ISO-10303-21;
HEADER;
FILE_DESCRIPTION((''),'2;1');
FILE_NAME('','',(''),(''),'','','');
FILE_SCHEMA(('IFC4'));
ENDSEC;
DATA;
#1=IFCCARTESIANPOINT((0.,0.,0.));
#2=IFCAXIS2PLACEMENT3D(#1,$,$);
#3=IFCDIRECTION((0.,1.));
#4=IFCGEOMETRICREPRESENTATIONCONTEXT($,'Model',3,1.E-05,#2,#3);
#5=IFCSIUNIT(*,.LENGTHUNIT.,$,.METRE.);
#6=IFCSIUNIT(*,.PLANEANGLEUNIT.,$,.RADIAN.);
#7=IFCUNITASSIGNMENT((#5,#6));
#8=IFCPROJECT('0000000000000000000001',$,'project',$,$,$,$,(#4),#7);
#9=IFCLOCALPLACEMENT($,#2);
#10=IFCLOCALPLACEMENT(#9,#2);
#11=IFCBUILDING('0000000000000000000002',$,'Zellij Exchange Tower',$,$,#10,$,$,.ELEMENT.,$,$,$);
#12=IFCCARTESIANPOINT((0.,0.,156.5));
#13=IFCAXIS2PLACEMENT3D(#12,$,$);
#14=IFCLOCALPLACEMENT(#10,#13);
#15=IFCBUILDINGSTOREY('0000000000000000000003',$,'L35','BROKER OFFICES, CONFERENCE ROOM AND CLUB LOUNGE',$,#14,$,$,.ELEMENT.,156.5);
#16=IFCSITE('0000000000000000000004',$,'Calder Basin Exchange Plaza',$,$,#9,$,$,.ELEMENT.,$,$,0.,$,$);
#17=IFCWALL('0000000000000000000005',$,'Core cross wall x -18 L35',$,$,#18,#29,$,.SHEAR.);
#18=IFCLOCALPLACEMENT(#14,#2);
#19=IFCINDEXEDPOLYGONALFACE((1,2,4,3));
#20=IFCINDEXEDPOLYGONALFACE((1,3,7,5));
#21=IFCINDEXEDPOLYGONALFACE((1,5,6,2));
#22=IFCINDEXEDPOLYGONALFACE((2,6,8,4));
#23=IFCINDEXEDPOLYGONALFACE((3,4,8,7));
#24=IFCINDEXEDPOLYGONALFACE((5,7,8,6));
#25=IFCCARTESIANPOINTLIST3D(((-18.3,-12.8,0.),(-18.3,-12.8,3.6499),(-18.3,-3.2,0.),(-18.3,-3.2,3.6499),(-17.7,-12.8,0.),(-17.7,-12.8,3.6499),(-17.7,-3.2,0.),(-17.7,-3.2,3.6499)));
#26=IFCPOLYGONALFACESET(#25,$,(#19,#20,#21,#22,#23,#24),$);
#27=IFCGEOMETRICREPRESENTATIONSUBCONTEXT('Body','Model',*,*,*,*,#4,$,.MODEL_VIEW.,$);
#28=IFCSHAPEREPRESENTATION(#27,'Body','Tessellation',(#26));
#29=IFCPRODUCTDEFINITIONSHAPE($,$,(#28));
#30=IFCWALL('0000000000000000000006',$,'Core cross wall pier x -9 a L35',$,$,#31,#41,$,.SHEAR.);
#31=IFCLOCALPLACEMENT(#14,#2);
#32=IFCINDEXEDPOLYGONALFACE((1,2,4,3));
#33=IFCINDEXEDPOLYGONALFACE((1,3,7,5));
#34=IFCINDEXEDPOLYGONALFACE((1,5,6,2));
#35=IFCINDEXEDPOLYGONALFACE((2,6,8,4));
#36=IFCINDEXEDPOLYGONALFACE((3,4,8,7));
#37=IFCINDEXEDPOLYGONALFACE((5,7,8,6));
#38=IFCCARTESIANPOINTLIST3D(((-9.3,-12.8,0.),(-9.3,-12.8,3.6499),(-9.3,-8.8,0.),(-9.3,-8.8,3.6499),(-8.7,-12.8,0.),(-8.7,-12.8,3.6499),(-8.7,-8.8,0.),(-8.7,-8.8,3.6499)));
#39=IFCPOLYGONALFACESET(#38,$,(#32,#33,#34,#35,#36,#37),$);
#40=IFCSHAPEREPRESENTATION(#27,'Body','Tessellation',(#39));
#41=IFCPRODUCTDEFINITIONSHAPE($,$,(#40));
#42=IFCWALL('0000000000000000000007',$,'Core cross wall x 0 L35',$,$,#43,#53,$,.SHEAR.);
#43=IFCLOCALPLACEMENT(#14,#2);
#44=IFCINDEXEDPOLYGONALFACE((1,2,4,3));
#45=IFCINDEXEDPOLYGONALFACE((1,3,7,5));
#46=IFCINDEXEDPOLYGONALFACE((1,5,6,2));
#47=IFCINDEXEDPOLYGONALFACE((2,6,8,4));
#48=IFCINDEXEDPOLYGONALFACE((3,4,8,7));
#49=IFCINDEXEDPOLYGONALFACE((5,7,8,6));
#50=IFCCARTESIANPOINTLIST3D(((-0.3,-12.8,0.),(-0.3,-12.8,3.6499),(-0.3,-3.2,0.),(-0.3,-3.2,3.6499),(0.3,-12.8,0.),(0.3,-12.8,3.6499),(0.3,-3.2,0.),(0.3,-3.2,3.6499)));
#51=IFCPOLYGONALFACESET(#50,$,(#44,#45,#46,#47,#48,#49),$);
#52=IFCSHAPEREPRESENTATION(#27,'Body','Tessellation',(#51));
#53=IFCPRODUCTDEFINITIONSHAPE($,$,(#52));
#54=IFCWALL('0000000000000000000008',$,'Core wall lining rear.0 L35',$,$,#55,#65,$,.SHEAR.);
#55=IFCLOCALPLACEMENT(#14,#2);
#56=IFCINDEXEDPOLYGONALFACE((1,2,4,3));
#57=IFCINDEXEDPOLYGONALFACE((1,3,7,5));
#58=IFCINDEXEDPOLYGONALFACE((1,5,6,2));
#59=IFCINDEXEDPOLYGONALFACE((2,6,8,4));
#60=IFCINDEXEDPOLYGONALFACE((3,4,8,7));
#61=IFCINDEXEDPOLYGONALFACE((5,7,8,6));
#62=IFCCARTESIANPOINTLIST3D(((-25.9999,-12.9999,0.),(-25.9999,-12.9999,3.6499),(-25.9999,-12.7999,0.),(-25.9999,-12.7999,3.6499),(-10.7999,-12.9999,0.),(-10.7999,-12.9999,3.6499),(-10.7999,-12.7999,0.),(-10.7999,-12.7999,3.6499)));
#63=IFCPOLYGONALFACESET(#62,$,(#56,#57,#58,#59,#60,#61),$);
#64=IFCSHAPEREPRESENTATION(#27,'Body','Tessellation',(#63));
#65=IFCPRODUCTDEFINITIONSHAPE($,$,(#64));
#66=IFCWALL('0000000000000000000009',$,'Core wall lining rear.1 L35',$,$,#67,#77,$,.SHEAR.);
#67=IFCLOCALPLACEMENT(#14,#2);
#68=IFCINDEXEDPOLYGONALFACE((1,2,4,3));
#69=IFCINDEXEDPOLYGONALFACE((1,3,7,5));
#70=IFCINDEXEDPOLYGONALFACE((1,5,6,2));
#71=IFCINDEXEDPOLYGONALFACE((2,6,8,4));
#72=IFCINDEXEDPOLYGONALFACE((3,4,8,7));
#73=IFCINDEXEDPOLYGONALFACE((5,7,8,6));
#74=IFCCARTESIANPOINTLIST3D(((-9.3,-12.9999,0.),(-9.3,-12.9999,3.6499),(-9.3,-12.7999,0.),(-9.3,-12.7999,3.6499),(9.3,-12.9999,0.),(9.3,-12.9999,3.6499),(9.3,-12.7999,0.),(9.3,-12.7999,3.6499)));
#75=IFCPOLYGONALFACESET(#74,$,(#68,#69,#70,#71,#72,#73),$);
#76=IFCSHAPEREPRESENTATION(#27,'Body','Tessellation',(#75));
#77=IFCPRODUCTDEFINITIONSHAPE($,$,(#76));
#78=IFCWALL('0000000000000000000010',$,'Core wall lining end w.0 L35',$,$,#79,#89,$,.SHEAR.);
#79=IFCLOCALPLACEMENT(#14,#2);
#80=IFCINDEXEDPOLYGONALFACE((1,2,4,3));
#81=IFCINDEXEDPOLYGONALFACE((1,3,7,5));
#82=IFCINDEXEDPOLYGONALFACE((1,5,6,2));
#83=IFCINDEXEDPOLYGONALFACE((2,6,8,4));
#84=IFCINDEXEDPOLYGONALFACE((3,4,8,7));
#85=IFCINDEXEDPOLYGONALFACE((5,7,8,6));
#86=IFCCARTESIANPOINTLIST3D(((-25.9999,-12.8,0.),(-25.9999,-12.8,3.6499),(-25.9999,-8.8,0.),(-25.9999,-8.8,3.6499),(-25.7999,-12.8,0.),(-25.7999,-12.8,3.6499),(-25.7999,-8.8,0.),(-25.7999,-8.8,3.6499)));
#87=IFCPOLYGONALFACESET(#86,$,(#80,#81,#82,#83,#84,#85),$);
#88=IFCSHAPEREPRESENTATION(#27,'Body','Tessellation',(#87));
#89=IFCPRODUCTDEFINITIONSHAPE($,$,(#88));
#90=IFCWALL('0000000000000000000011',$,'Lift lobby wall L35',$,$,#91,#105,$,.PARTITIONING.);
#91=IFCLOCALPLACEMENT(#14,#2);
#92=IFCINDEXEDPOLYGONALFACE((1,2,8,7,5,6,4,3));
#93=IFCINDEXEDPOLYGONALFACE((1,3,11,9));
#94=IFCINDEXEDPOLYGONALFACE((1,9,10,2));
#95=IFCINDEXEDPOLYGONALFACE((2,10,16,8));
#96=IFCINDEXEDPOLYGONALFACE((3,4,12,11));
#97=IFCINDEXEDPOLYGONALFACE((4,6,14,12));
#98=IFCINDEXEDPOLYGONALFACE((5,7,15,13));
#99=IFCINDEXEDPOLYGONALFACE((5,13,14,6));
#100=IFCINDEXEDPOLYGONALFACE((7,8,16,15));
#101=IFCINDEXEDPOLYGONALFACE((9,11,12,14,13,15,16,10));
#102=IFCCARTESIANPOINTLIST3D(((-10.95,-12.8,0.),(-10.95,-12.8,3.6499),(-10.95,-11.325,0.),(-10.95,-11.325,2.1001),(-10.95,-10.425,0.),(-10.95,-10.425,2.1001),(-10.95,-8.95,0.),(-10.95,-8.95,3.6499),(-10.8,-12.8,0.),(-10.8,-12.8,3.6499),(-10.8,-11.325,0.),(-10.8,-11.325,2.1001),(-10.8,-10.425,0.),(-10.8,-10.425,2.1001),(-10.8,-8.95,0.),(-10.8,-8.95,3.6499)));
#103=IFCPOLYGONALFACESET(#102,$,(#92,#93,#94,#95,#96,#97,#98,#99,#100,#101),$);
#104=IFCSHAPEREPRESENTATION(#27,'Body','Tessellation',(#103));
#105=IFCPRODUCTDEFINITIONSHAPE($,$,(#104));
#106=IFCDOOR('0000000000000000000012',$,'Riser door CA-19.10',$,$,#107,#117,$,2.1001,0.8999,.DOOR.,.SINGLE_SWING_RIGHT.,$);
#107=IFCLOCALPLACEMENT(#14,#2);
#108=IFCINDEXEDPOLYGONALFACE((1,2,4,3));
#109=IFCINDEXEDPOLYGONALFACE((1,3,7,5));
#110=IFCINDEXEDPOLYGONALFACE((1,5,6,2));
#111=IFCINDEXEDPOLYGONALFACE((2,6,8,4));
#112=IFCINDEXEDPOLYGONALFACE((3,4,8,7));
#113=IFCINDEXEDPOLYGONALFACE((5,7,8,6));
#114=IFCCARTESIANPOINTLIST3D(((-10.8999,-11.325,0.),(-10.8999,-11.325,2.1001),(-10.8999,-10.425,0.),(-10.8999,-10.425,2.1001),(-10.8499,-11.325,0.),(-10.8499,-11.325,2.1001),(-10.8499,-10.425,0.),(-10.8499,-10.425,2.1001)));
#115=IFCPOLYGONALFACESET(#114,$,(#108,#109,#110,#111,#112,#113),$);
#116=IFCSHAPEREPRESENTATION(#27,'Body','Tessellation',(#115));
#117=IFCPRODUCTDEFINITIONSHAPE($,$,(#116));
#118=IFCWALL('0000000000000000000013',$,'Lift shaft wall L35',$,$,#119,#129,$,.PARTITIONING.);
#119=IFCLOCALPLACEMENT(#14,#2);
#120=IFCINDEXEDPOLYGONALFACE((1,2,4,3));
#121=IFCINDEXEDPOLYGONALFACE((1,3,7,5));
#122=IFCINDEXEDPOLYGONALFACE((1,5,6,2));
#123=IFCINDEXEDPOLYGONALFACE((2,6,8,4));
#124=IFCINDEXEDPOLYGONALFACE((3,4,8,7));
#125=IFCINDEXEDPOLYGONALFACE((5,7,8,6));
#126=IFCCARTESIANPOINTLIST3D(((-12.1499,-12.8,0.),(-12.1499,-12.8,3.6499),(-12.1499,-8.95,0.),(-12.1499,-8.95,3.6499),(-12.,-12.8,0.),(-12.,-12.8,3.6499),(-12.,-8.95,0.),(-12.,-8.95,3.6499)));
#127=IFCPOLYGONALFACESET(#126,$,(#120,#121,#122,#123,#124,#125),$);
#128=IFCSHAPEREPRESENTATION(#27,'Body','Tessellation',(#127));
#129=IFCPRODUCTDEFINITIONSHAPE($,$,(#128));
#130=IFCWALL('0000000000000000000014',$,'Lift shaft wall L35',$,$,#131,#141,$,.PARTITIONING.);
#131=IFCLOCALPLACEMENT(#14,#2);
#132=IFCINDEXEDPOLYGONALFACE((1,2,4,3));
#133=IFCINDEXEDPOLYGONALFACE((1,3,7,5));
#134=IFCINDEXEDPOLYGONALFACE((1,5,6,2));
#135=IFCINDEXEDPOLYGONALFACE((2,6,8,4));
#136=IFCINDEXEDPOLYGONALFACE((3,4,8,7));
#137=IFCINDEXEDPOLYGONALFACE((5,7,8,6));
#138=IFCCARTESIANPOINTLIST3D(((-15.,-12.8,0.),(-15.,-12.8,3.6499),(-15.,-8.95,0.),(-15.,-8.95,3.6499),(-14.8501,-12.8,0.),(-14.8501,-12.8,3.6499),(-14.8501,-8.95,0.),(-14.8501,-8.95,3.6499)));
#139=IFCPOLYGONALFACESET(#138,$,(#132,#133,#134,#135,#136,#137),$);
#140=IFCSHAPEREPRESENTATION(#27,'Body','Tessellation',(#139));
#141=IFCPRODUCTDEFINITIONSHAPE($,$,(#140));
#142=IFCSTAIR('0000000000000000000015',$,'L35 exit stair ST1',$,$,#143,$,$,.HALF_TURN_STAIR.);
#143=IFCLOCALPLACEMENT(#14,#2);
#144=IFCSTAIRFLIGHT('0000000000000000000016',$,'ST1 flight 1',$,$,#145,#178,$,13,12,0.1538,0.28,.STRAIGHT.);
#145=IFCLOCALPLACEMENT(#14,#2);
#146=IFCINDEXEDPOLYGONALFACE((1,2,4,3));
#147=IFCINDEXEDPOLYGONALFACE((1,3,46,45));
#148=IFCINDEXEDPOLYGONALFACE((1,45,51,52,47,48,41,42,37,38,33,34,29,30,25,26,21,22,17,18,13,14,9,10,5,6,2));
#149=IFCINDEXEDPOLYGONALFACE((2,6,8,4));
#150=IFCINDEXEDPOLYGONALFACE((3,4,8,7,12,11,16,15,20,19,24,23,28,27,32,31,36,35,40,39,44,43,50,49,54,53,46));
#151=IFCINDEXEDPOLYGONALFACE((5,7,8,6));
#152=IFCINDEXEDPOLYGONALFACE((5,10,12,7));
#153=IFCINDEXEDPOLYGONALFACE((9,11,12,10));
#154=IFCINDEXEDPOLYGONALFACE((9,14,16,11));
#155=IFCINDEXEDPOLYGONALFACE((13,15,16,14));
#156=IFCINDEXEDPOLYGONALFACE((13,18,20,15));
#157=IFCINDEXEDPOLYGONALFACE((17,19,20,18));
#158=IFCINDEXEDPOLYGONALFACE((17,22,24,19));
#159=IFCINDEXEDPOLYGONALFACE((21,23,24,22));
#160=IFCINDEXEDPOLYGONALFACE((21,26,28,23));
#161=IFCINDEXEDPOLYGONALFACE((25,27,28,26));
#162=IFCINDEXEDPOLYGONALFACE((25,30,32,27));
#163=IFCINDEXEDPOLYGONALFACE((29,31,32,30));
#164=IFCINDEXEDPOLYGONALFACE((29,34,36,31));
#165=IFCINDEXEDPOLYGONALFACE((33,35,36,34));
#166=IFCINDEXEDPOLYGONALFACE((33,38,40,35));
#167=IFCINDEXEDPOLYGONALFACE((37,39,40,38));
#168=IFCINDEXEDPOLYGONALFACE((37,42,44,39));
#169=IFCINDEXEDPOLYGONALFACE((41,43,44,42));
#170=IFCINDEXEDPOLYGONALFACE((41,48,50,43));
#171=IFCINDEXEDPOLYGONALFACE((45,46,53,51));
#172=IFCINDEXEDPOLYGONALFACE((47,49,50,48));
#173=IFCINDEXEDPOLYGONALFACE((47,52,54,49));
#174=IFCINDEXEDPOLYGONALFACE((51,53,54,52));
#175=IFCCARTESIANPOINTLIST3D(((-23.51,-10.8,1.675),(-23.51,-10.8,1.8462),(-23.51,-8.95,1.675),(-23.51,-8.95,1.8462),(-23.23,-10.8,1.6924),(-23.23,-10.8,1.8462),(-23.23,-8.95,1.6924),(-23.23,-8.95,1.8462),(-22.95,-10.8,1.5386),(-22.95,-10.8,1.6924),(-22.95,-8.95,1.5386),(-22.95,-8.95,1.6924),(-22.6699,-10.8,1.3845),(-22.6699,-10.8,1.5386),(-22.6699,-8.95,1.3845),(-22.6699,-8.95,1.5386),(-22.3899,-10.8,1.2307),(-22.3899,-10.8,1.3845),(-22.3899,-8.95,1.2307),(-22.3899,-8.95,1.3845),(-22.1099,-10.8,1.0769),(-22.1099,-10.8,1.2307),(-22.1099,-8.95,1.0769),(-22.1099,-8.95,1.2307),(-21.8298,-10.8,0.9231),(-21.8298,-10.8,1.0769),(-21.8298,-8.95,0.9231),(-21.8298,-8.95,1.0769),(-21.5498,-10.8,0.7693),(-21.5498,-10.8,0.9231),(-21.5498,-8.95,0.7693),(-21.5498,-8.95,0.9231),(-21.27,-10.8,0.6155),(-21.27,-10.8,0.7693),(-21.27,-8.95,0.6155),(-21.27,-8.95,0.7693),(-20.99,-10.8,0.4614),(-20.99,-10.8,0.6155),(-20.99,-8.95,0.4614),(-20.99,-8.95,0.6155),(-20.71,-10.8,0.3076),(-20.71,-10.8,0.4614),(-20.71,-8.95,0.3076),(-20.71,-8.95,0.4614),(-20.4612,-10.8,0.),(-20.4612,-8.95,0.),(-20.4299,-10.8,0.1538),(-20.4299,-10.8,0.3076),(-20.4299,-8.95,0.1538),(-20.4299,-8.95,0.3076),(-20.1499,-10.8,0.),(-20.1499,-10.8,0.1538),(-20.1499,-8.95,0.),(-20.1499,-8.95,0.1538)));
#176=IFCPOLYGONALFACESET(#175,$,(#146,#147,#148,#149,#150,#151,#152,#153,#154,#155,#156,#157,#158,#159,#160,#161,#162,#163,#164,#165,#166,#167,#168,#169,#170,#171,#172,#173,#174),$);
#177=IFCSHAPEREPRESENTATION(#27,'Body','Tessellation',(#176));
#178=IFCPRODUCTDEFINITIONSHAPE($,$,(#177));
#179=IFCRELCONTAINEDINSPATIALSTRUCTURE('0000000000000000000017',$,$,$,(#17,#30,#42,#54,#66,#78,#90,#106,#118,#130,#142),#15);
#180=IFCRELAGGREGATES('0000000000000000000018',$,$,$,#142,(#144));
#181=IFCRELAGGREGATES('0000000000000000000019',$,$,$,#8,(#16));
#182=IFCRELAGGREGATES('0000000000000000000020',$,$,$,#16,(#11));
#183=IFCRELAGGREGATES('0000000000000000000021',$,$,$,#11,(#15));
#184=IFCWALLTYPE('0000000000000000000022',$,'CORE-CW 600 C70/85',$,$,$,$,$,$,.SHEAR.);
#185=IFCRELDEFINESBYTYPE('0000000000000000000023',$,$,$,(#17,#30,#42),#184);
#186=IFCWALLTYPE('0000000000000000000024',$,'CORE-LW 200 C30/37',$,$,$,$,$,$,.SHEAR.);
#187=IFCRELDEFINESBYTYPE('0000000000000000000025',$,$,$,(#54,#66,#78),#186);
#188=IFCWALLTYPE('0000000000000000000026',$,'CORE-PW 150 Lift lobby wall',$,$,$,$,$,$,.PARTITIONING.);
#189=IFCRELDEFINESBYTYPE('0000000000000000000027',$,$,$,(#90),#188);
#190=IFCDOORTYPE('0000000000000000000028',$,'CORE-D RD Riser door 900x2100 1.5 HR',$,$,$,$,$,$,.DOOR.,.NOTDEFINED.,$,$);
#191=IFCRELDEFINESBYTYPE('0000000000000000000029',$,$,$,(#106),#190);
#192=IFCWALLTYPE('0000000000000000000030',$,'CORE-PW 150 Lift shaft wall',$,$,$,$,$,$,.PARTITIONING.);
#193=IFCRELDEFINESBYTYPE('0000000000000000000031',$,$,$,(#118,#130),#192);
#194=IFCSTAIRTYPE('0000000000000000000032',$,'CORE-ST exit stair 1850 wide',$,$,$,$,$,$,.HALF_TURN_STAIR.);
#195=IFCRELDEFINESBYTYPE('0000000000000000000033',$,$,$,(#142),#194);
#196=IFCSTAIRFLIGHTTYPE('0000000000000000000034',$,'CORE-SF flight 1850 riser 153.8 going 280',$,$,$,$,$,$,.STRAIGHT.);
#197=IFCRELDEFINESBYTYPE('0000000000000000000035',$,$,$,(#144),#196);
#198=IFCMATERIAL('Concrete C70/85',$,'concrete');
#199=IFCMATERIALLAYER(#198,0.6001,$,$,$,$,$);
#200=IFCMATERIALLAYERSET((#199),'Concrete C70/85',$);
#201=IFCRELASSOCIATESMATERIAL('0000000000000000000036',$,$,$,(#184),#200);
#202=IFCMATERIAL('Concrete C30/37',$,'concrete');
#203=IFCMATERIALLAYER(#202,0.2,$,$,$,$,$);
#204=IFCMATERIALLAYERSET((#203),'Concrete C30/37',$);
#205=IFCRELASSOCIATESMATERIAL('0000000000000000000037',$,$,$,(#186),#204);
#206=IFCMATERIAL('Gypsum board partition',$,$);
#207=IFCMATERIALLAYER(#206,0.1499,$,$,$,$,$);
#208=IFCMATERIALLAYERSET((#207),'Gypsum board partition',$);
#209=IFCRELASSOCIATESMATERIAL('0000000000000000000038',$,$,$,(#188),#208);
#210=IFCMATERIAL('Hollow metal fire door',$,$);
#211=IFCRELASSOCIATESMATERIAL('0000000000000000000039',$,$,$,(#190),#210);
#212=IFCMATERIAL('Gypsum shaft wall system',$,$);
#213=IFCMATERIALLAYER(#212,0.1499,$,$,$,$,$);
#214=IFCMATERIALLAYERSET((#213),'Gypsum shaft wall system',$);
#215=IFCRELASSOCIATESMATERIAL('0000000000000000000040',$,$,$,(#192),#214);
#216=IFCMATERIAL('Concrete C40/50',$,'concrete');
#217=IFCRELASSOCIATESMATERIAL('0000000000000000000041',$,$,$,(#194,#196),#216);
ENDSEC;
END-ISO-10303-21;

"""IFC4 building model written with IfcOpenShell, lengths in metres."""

from ifc_helpers import new_model, si_unit, direction, frame, frame_2d, origin, place, context, subcontext, project, spatial, polyline, rectangle, outline, extrude, material, layer, layer_set, type_object, element, fill, aggregate, save


model = new_model("IFC4")

# Units and contexts
model_context = context("Model", 3, precision=1e-05, world=origin(), true_north=direction((0.0, 1.0)))
body_context = subcontext(model_context, "Body", "Model", "MODEL_VIEW")
ifc_project = project(units=[si_unit("LENGTHUNIT", "METRE"), si_unit("PLANEANGLEUNIT", "RADIAN")], contexts=[model_context])

# Site, building, storey
site_placement = place(None, origin())
site = spatial("IfcSite", under=ifc_project, at=site_placement, Name="Calder Basin Exchange Plaza", CompositionType="ELEMENT", RefElevation=0.0)
building_placement = place(site_placement, origin())
building = spatial("IfcBuilding", under=site, at=building_placement, Name="Zellij Exchange Tower", CompositionType="ELEMENT")
storey_placement = place(building_placement, frame((0.0, 0.0, 156.5)))
storey = spatial("IfcBuildingStorey", under=building, at=storey_placement, Name="L35", Description="BROKER OFFICES, CONFERENCE ROOM AND CLUB LOUNGE", CompositionType="ELEMENT", Elevation=156.5)

# Walls
ifc_material_1 = material(Name="Concrete C70/85", Category="concrete")
ifc_layer_1 = layer(ifc_material_1, 0.6001)
ifc_layer_set_1 = layer_set([ifc_layer_1], Name="Concrete C70/85")
wall_type_1 = type_object("IfcWallType", Name="CORE-CW 600 C70/85", PredefinedType="SHEAR", material=ifc_layer_set_1)
wall_1_placement = place(storey_placement, frame((-18.0, -12.8, 0.0), z_axis=(0.0, 0.0, 1.0), x_axis=(0.0, 1.0, 0.0)))
element("IfcWall", 1, at=wall_1_placement, inside=storey, type_object=wall_type_1, Name="Core cross wall x -18 L35", PredefinedType="SHEAR", context=body_context, shape_type="SweptSolid", body=[
    extrude(rectangle(XDim=9.6001, YDim=0.6001, at=frame_2d((4.8, 0.0))), origin(), (0.0, 0.0, 1.0), 3.6499),
])
wall_2_placement = place(storey_placement, frame((-9.0, -12.8, 0.0), z_axis=(0.0, 0.0, 1.0), x_axis=(0.0, 1.0, 0.0)))
element("IfcWall", 2, at=wall_2_placement, inside=storey, type_object=wall_type_1, Name="Core cross wall pier x -9 a L35", PredefinedType="SHEAR", context=body_context, shape_type="SweptSolid", body=[
    extrude(rectangle(XDim=4.0, YDim=0.6001, at=frame_2d((2.0, 0.0))), origin(), (0.0, 0.0, 1.0), 3.6499),
])
wall_3_placement = place(storey_placement, frame((0.0, -12.8, 0.0), z_axis=(0.0, 0.0, 1.0), x_axis=(0.0, 1.0, 0.0)))
element("IfcWall", 3, at=wall_3_placement, inside=storey, type_object=wall_type_1, Name="Core cross wall x 0 L35", PredefinedType="SHEAR", context=body_context, shape_type="SweptSolid", body=[
    extrude(rectangle(XDim=9.6001, YDim=0.6001, at=frame_2d((4.8, 0.0))), origin(), (0.0, 0.0, 1.0), 3.6499),
])
ifc_material_2 = material(Name="Concrete C30/37", Category="concrete")
ifc_layer_2 = layer(ifc_material_2, 0.2)
ifc_layer_set_2 = layer_set([ifc_layer_2], Name="Concrete C30/37")
wall_type_2 = type_object("IfcWallType", Name="CORE-LW 200 C30/37", PredefinedType="SHEAR", material=ifc_layer_set_2)
wall_4_placement = place(storey_placement, frame((-26.0, -12.8999, 0.0), z_axis=(0.0, 0.0, 1.0), x_axis=(1.0, 0.0, 0.0)))
element("IfcWall", 4, at=wall_4_placement, inside=storey, type_object=wall_type_2, Name="Core wall lining rear.0 L35", PredefinedType="SHEAR", context=body_context, shape_type="SweptSolid", body=[
    extrude(rectangle(XDim=15.2, YDim=0.2, at=frame_2d((7.6001, 0.0))), origin(), (0.0, 0.0, 1.0), 3.6499),
])
wall_5_placement = place(storey_placement, frame((-9.3, -12.8999, 0.0), z_axis=(0.0, 0.0, 1.0), x_axis=(1.0, 0.0, 0.0)))
element("IfcWall", 5, at=wall_5_placement, inside=storey, type_object=wall_type_2, Name="Core wall lining rear.1 L35", PredefinedType="SHEAR", context=body_context, shape_type="SweptSolid", body=[
    extrude(rectangle(XDim=18.6001, YDim=0.2, at=frame_2d((9.3, 0.0))), origin(), (0.0, 0.0, 1.0), 3.6499),
])
wall_6_placement = place(storey_placement, frame((-25.8999, -12.8, 0.0), z_axis=(0.0, 0.0, 1.0), x_axis=(0.0, 1.0, 0.0)))
element("IfcWall", 6, at=wall_6_placement, inside=storey, type_object=wall_type_2, Name="Core wall lining end w.0 L35", PredefinedType="SHEAR", context=body_context, shape_type="SweptSolid", body=[
    extrude(rectangle(XDim=4.0, YDim=0.2, at=frame_2d((2.0, 0.0))), origin(), (0.0, 0.0, 1.0), 3.6499),
])

# Wall, opening, door
ifc_material_3 = material(Name="Gypsum board partition")
ifc_layer_3 = layer(ifc_material_3, 0.1499)
ifc_layer_set_3 = layer_set([ifc_layer_3], Name="Gypsum board partition")
wall_type_3 = type_object("IfcWallType", Name="CORE-PW 150 Lift lobby wall", PredefinedType="PARTITIONING", material=ifc_layer_set_3)
wall_7_placement = place(storey_placement, frame((-10.875, -12.8, 0.0), z_axis=(0.0, 0.0, 1.0), x_axis=(0.0, 1.0, 0.0)))
wall_7 = element("IfcWall", 7, at=wall_7_placement, inside=storey, type_object=wall_type_3, Name="Lift lobby wall L35", PredefinedType="PARTITIONING", context=body_context, shape_type="SweptSolid", body=[
    extrude(rectangle(XDim=3.8501, YDim=0.1499, at=frame_2d((1.925, 0.0))), origin(), (0.0, 0.0, 1.0), 3.6499),
])
opening_placement = place(wall_7_placement, frame((1.4751, 0.0, 0.0)))
opening = element("IfcOpeningElement", 8, at=opening_placement, cuts=wall_7, PredefinedType="OPENING", context=body_context, shape_type="SweptSolid", body=[
    extrude(rectangle(XDim=0.8999, YDim=2.1001, at=frame_2d((0.45, 1.05))), frame((0.0, 0.0869, 0.0), z_axis=(0.0, -1.0, 0.0), x_axis=(1.0, 0.0, 0.0)), (0.0, 0.0, 1.0), 0.1738),
])
ifc_material_4 = material(Name="Hollow metal fire door")
door_type = type_object("IfcDoorType", Name="CORE-D RD Riser door 900x2100 1.5 HR", OperationType="NOTDEFINED", PredefinedType="DOOR", material=ifc_material_4)
door_placement = place(opening_placement, origin())
door = element("IfcDoor", 9, at=door_placement, inside=storey, type_object=door_type, Name="Riser door CA-19.10", OperationType="SINGLE_SWING_RIGHT", OverallHeight=2.1001, OverallWidth=0.8999, PredefinedType="DOOR", context=body_context, shape_type="SweptSolid", body=[
    extrude(rectangle(XDim=0.8999, YDim=2.1001, at=frame_2d((0.45, 1.05))), frame((0.0, 0.0249, 0.0), z_axis=(0.0, -1.0, 0.0), x_axis=(1.0, 0.0, 0.0)), (0.0, 0.0, 1.0), 0.05),
])
fill(opening, door)

# Walls
ifc_material_5 = material(Name="Gypsum shaft wall system")
ifc_layer_4 = layer(ifc_material_5, 0.1499)
ifc_layer_set_4 = layer_set([ifc_layer_4], Name="Gypsum shaft wall system")
wall_type_4 = type_object("IfcWallType", Name="CORE-PW 150 Lift shaft wall", PredefinedType="PARTITIONING", material=ifc_layer_set_4)
for number, where, z_axis, x_axis, name in (
    (10, (-12.075, -12.8, 0.0), (0.0, 0.0, 1.0), (0.0, 1.0, 0.0), "Lift shaft wall L35"),
    (11, (-14.925, -12.8, 0.0), (0.0, 0.0, 1.0), (0.0, 1.0, 0.0), "Lift shaft wall L35"),
):
    element("IfcWall", number, at=place(storey_placement, frame(where, z_axis=z_axis, x_axis=x_axis)), inside=storey, type_object=wall_type_4, Name=name, PredefinedType="PARTITIONING", context=body_context, shape_type="SweptSolid", body=[
        extrude(rectangle(XDim=3.8501, YDim=0.1499, at=frame_2d((1.925, 0.0))), origin(), (0.0, 0.0, 1.0), 3.6499),
    ])

# Stair, stair flight
ifc_material_6 = material(Name="Concrete C40/50", Category="concrete")
stair_type = type_object("IfcStairType", Name="CORE-ST exit stair 1850 wide", PredefinedType="HALF_TURN_STAIR", material=ifc_material_6)
stair_1_placement = place(storey_placement, origin())
stair_1 = element("IfcStair", 12, at=stair_1_placement, inside=storey, type_object=stair_type, Name="L35 exit stair ST1", PredefinedType="HALF_TURN_STAIR")
stair_flight_type = type_object("IfcStairFlightType", Name="CORE-SF flight 1850 riser 153.8 going 280", PredefinedType="STRAIGHT", material=ifc_material_6)
stair_flight_1_placement = place(storey_placement, frame((-20.1499, -9.875, 0.0), z_axis=(0.0, 0.0, 1.0), x_axis=(-1.0, 0.0, 0.0)))
stair_flight_1 = element("IfcStairFlight", 13, at=stair_flight_1_placement, type_object=stair_flight_type, Name="ST1 flight 1", NumberOfRisers=13, NumberOfTreads=12, PredefinedType="STRAIGHT", RiserHeight=0.1538, TreadLength=0.28, context=body_context, shape_type="SweptSolid", body=[
    extrude(outline(polyline([(0.0, 0.0), (0.0, 0.1538), (0.28, 0.1538), (0.28, 0.3076), (0.5601, 0.3076), (0.5601, 0.4614), (0.8401, 0.4614), (0.8401, 0.6155), (1.1201, 0.6155), (1.1201, 0.7693), (1.3999, 0.7693), (1.3999, 0.9231), (1.6799, 0.9231), (1.6799, 1.0769), (1.96, 1.0769), (1.96, 1.2307), (2.24, 1.2307), (2.24, 1.3845), (2.52, 1.3845), (2.52, 1.5386), (2.8, 1.5386), (2.8, 1.6924), (3.0801, 1.6924), (3.0801, 1.8462), (3.3601, 1.8462), (3.3601, 2.0), (3.3601, 1.675), (0.3113, 0.0), (0.0, 0.0)])), frame((0.0, 0.925, 0.0), z_axis=(0.0, -1.0, 0.0), x_axis=(1.0, 0.0, 0.0)), (0.0, 0.0, 1.0), 1.8501),
])
aggregate(stair_1, [stair_flight_1])

save(model, "model.ifc")
